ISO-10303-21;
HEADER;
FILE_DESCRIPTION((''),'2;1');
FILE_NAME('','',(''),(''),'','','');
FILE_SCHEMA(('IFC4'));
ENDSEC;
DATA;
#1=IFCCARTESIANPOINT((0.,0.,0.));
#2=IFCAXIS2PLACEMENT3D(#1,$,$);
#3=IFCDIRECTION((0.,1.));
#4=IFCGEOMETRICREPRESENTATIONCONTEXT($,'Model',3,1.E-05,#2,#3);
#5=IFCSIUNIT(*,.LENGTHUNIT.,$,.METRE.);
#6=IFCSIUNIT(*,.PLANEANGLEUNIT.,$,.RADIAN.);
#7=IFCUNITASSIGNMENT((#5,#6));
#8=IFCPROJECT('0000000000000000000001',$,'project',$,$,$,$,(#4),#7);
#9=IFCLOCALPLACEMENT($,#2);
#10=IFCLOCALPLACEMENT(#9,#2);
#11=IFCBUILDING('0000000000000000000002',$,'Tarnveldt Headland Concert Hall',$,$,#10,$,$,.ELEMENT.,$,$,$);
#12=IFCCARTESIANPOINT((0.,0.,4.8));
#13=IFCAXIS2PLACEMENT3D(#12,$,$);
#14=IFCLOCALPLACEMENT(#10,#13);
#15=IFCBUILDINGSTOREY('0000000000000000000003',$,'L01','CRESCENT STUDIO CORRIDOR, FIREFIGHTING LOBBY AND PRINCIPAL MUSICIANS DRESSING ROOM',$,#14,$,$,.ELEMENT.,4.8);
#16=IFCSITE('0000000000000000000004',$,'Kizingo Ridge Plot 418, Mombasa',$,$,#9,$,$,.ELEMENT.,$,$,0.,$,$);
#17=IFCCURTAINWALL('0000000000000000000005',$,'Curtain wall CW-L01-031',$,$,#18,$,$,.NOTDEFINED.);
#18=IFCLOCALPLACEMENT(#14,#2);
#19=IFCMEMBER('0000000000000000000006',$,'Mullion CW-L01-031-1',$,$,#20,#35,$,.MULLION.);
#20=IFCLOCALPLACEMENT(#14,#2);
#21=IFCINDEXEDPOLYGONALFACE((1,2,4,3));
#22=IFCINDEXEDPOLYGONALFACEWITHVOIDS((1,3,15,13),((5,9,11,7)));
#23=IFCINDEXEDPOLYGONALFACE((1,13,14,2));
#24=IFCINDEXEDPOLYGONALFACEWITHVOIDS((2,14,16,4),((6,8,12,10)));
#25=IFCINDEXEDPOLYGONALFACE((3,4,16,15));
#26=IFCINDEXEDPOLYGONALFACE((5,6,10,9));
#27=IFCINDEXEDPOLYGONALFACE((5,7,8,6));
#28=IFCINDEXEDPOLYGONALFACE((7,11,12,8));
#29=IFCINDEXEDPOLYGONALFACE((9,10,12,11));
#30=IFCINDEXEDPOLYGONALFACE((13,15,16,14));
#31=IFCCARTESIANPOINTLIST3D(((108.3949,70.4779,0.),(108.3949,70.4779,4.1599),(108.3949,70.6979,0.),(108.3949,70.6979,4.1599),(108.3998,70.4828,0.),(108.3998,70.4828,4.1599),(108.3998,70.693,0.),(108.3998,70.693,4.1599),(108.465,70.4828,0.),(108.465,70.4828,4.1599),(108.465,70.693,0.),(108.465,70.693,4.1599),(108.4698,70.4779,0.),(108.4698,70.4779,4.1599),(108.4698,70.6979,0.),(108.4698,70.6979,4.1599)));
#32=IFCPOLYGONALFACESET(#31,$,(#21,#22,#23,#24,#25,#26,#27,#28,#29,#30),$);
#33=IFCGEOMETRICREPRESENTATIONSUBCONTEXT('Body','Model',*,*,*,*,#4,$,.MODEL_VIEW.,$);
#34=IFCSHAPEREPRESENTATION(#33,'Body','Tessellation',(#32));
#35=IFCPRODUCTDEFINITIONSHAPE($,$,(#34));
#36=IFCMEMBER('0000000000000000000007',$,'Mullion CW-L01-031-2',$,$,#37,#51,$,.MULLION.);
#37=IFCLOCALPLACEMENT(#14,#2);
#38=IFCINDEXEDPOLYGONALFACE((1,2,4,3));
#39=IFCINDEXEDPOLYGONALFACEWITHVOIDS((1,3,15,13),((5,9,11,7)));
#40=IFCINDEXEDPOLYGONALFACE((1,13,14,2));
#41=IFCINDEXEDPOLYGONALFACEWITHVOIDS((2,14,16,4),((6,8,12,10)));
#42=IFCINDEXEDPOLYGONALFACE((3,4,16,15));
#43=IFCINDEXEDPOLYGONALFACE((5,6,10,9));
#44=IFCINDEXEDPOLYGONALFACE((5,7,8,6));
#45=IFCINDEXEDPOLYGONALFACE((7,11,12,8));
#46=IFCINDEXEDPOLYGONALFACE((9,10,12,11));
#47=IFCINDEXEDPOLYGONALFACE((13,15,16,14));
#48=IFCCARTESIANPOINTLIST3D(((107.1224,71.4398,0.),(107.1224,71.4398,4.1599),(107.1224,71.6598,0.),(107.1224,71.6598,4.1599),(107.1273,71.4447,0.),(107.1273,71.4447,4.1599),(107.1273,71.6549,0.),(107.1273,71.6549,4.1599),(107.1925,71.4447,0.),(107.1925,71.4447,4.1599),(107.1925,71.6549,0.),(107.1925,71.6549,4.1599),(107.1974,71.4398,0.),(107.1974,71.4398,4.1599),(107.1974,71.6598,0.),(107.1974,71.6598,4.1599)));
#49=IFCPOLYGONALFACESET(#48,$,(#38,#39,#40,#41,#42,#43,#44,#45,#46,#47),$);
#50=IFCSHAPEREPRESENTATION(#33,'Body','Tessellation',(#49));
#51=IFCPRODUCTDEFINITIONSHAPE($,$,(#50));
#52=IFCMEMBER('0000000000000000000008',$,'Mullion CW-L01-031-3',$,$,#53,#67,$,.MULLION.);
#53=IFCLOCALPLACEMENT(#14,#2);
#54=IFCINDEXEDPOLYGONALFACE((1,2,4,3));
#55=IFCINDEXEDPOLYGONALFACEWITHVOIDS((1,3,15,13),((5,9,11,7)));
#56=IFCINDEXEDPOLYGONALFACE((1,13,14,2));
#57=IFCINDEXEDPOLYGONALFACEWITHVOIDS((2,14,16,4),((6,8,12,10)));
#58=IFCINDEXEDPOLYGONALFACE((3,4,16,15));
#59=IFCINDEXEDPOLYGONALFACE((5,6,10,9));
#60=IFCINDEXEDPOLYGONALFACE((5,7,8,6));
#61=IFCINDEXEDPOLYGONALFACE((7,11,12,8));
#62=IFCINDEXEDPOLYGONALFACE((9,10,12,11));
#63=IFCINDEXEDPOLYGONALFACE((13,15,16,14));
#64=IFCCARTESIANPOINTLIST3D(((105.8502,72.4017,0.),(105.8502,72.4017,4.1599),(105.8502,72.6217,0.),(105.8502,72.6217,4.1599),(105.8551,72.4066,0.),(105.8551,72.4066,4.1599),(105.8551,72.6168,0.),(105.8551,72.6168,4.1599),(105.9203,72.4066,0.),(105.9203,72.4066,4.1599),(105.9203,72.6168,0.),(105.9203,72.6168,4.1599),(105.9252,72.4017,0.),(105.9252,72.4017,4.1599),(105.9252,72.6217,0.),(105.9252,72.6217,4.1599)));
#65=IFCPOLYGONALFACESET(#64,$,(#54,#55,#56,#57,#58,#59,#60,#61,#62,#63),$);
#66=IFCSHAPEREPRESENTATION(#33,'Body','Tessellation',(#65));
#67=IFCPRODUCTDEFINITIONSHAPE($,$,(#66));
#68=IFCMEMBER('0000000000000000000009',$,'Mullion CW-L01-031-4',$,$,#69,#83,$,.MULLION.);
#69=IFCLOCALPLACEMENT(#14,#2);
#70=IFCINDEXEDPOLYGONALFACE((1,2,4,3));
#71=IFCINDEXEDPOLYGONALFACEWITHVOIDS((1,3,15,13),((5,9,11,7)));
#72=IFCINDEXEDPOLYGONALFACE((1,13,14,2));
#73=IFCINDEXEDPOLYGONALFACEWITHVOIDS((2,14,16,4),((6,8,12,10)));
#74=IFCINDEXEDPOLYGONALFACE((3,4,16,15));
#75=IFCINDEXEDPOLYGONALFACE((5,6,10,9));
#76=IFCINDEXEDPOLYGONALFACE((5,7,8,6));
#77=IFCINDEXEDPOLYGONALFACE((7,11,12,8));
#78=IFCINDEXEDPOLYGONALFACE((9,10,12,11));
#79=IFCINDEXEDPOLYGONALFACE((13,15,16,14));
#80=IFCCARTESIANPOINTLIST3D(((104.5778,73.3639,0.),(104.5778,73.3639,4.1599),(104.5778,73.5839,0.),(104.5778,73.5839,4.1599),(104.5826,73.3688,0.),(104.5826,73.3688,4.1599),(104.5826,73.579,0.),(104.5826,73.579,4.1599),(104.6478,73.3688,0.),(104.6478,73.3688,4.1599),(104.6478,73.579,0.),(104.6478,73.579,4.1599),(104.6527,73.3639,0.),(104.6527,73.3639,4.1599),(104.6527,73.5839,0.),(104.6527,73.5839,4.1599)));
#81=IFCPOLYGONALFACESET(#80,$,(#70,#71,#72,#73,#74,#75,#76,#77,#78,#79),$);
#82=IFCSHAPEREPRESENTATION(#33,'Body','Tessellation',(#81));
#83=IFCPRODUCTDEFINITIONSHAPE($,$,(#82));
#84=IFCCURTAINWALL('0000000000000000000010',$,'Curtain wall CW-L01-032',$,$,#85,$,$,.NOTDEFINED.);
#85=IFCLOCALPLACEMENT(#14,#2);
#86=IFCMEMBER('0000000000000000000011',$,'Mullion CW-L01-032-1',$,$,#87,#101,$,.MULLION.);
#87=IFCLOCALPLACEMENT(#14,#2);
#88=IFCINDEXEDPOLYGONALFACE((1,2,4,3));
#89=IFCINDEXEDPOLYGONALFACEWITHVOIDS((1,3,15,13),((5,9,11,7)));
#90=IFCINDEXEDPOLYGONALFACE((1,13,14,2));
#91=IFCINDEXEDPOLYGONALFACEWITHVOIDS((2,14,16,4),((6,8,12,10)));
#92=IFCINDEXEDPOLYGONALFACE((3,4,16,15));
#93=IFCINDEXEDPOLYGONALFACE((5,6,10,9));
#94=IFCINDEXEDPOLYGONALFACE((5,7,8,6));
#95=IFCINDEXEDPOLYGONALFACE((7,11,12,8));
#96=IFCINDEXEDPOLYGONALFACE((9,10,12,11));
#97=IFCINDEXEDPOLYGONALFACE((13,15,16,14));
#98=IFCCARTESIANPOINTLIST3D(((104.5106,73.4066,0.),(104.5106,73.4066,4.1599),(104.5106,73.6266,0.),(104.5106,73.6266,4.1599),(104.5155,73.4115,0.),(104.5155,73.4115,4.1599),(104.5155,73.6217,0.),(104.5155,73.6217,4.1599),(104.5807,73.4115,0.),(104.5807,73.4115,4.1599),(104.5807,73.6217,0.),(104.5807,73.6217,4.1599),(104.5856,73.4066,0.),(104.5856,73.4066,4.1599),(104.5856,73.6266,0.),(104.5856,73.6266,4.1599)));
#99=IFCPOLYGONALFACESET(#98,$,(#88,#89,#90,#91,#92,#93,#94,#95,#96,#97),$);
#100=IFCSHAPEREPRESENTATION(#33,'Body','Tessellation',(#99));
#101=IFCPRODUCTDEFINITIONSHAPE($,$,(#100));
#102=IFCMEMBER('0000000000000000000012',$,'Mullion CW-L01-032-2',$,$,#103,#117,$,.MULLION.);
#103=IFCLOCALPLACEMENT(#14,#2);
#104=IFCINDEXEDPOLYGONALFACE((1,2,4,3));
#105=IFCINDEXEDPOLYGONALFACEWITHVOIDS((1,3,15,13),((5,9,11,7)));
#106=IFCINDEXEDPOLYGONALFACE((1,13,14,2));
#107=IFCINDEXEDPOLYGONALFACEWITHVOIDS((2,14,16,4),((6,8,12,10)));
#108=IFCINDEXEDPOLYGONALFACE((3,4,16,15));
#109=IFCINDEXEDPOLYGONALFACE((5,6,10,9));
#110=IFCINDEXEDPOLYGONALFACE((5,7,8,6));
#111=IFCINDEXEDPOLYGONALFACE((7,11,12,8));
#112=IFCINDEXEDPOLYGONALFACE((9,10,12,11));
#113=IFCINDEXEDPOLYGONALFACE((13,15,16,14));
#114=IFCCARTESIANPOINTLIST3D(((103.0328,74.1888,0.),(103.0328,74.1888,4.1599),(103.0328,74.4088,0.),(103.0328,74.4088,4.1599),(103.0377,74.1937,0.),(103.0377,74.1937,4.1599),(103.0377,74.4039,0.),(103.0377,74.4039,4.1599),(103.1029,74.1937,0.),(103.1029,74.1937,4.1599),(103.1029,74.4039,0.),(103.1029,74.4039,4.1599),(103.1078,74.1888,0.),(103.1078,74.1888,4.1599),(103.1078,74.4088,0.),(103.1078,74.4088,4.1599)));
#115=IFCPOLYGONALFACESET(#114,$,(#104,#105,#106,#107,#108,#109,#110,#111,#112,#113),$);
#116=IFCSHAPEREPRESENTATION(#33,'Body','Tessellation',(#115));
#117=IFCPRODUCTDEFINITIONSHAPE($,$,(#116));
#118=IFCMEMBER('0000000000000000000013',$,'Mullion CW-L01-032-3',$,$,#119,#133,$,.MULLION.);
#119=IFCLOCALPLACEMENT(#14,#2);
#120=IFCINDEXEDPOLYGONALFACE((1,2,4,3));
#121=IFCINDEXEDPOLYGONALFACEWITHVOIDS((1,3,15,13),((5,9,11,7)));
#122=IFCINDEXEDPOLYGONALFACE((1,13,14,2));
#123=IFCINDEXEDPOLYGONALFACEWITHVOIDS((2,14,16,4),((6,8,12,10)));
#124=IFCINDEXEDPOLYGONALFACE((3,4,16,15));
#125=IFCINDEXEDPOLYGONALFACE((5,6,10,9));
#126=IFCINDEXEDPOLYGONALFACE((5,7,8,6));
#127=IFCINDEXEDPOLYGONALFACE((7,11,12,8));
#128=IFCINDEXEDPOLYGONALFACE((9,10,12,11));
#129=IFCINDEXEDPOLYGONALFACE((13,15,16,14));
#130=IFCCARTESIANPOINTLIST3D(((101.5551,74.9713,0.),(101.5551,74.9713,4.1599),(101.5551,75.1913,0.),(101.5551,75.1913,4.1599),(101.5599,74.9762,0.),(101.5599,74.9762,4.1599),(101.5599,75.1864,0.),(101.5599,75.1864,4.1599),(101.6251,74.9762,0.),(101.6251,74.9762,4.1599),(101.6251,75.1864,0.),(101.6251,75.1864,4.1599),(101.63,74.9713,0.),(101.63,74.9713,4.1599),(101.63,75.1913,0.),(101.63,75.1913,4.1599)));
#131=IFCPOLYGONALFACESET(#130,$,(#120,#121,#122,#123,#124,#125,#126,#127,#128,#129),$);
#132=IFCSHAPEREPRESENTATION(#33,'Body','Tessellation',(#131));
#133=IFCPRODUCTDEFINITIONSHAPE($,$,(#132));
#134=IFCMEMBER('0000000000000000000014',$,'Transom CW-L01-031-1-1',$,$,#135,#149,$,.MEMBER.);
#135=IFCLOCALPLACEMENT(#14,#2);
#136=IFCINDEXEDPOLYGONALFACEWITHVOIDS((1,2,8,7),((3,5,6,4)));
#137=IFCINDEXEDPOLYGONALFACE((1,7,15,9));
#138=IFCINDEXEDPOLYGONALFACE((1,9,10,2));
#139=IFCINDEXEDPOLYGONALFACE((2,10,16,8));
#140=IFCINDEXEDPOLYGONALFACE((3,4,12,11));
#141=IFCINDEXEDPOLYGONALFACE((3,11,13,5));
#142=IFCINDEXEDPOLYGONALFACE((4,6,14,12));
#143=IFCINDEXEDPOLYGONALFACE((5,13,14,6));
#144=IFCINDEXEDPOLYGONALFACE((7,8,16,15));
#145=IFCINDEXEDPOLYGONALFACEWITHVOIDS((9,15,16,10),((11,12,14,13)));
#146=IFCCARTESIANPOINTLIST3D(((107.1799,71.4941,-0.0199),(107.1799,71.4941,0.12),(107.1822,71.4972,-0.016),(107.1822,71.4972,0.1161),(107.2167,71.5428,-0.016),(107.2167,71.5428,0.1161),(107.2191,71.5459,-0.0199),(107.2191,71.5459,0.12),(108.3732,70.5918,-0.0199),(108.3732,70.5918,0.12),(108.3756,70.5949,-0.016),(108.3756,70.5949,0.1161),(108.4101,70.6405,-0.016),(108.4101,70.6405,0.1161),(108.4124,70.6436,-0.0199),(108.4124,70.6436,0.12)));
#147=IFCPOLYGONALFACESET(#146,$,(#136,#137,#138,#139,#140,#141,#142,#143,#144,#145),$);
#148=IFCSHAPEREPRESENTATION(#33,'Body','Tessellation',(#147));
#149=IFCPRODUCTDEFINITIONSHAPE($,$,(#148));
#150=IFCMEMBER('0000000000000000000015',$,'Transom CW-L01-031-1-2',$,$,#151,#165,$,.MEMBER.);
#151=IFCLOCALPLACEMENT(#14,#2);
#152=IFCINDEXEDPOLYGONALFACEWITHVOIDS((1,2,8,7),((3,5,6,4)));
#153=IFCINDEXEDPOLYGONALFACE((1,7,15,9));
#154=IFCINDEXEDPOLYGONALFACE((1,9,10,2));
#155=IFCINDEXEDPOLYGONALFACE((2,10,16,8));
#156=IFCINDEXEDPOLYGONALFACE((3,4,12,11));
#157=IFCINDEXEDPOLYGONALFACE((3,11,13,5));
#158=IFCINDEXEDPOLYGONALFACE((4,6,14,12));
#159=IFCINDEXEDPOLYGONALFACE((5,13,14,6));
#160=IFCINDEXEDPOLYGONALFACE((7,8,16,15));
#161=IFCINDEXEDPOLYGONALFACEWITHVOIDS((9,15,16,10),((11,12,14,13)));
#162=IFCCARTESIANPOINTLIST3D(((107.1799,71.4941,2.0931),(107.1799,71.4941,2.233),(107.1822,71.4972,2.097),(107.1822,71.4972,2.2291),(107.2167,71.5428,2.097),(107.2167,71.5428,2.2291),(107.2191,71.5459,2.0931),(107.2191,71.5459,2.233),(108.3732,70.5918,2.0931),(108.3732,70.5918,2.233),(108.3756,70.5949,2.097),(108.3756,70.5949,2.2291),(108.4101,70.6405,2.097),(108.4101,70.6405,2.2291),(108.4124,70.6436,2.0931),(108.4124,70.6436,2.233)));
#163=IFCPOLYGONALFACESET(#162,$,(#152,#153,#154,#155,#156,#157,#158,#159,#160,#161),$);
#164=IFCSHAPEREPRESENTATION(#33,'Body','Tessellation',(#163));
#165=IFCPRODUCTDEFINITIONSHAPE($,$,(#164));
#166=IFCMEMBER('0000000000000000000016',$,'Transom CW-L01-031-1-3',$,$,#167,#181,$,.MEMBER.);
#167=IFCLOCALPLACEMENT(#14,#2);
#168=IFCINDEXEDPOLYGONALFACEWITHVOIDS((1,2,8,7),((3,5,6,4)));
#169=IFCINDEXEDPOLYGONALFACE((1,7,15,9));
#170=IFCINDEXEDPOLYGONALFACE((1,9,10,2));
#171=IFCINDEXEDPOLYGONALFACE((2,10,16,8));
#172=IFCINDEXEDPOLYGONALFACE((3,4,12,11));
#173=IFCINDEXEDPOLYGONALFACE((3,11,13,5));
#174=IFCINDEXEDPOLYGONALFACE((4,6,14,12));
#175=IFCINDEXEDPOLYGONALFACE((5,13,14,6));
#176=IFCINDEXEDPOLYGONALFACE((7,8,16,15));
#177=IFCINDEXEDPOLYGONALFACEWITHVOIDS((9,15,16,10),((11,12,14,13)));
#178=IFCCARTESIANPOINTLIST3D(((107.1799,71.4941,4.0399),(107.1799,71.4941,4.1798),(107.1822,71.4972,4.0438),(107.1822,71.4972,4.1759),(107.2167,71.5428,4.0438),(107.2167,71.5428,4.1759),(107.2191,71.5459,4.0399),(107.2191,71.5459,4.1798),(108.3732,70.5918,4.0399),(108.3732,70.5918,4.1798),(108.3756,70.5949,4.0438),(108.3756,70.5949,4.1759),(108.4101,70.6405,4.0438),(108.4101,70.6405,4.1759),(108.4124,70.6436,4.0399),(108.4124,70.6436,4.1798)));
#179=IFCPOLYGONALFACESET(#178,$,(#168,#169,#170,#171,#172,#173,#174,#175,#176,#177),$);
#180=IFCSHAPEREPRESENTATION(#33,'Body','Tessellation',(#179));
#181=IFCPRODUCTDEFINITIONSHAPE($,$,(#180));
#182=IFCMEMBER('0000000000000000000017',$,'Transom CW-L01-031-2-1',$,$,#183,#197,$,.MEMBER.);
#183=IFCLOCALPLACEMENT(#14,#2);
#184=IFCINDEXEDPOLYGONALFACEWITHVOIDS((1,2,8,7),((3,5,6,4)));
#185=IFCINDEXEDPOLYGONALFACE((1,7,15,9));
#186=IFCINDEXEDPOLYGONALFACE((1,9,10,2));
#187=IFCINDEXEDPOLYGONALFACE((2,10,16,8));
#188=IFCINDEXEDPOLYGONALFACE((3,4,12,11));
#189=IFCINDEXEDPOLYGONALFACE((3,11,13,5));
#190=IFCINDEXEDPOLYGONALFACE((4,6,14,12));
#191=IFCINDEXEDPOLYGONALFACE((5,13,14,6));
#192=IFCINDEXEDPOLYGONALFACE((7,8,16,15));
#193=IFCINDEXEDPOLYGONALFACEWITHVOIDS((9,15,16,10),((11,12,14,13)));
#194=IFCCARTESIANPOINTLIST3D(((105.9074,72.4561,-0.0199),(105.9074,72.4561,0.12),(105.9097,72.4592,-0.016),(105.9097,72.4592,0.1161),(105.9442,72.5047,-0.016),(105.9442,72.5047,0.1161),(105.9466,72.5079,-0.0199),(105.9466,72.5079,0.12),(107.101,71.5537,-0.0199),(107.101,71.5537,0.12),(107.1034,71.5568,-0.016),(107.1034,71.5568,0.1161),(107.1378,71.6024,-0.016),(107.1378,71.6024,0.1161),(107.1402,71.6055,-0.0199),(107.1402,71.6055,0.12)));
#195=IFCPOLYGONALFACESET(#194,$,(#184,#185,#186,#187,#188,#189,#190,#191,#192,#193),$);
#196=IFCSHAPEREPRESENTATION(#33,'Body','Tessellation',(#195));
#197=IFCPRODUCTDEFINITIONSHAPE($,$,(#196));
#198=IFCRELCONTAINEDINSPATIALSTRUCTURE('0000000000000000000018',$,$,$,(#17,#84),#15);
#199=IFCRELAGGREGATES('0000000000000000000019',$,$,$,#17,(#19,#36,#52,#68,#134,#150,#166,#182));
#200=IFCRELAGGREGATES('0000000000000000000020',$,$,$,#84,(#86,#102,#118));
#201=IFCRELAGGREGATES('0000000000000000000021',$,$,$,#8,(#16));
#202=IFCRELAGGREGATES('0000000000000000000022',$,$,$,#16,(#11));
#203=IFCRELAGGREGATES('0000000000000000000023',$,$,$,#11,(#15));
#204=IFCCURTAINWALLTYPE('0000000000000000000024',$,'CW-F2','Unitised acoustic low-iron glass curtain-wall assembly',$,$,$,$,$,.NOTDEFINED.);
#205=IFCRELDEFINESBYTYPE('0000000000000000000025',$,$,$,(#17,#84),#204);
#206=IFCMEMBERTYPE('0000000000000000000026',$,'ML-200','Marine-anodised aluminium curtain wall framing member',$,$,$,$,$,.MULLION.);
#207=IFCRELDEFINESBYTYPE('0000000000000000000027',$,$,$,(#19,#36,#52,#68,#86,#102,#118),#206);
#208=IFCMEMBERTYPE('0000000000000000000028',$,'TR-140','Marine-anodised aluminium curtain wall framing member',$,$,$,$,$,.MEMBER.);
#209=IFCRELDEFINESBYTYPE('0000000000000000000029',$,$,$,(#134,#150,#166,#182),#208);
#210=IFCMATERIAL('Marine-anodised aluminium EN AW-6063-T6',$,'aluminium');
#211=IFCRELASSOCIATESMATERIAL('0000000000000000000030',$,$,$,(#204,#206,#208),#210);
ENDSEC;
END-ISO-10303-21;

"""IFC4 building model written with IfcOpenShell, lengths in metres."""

from ifc_helpers import new_model, si_unit, direction, frame, origin, origin_2d, place, context, subcontext, project, spatial, hollow_rectangle, extrude, material, material_profile, profile_set, type_object, element, aggregate, save


model = new_model("IFC4")

# Units and contexts
model_context = context("Model", 3, precision=1e-05, world=origin(), true_north=direction((0.0, 1.0)))
body_context = subcontext(model_context, "Body", "Model", "MODEL_VIEW")
ifc_project = project(units=[si_unit("LENGTHUNIT", "METRE"), si_unit("PLANEANGLEUNIT", "RADIAN")], contexts=[model_context])

# Site, building, storey
site_placement = place(None, origin())
site = spatial("IfcSite", under=ifc_project, at=site_placement, Name="Kizingo Ridge Plot 418, Mombasa", CompositionType="ELEMENT", RefElevation=0.0)
building_placement = place(site_placement, origin())
building = spatial("IfcBuilding", under=site, at=building_placement, Name="Tarnveldt Headland Concert Hall", CompositionType="ELEMENT")
storey_placement = place(building_placement, frame((0.0, 0.0, 4.8)))
storey = spatial("IfcBuildingStorey", under=building, at=storey_placement, Name="L01", Description="CRESCENT STUDIO CORRIDOR, FIREFIGHTING LOBBY AND PRINCIPAL MUSICIANS DRESSING ROOM", CompositionType="ELEMENT", Elevation=4.8)

# Curtain walls, members
ifc_material_1 = material(Name="Marine-anodised aluminium EN AW-6063-T6", Category="aluminium")
curtain_wall_type = type_object("IfcCurtainWallType", Name="CW-F2", Description="Unitised acoustic low-iron glass curtain-wall assembly", PredefinedType="NOTDEFINED", material=ifc_material_1)
curtain_wall_1_placement = place(storey_placement, origin())
curtain_wall_1 = element("IfcCurtainWall", 1, at=curtain_wall_1_placement, inside=storey, type_object=curtain_wall_type, Name="Curtain wall CW-L01-031", PredefinedType="NOTDEFINED")
ifc_material_profile_1 = material_profile(ifc_material_1, hollow_rectangle(XDim=0.075, YDim=0.22, WallThickness=0.0049, at=origin_2d()), Name="ALU MULLION 75x220x5", Category="aluminium")
ifc_profile_set_1 = profile_set([ifc_material_profile_1], Name="Marine-anodised aluminium EN AW-6063-T6")
member_type_1 = type_object("IfcMemberType", Name="ML-200", Description="Marine-anodised aluminium curtain wall framing member", PredefinedType="MULLION", material=ifc_profile_set_1)
member_1_placement = place(storey_placement, frame((108.4324, 70.5879, 0.0), z_axis=(0.0, 0.0, 1.0), x_axis=(1.0, 0.0, 0.0)))
member_1 = element("IfcMember", 2, at=member_1_placement, type_object=member_type_1, Name="Mullion CW-L01-031-1", PredefinedType="MULLION", context=body_context, shape_type="SweptSolid", body=[
    extrude(hollow_rectangle(XDim=0.075, YDim=0.22, WallThickness=0.0049, at=origin_2d()), origin(), (0.0, 0.0, 1.0), 4.1599),
])
member_2_placement = place(storey_placement, frame((107.1599, 71.5498, 0.0), z_axis=(0.0, 0.0, 1.0), x_axis=(1.0, 0.0, 0.0)))
member_2 = element("IfcMember", 3, at=member_2_placement, type_object=member_type_1, Name="Mullion CW-L01-031-2", PredefinedType="MULLION", context=body_context, shape_type="SweptSolid", body=[
    extrude(hollow_rectangle(XDim=0.075, YDim=0.22, WallThickness=0.0049, at=origin_2d()), origin(), (0.0, 0.0, 1.0), 4.1599),
])
member_3_placement = place(storey_placement, frame((105.8877, 72.5117, 0.0), z_axis=(0.0, 0.0, 1.0), x_axis=(1.0, 0.0, 0.0)))
member_3 = element("IfcMember", 4, at=member_3_placement, type_object=member_type_1, Name="Mullion CW-L01-031-3", PredefinedType="MULLION", context=body_context, shape_type="SweptSolid", body=[
    extrude(hollow_rectangle(XDim=0.075, YDim=0.22, WallThickness=0.0049, at=origin_2d()), origin(), (0.0, 0.0, 1.0), 4.1599),
])
member_4_placement = place(storey_placement, frame((104.6152, 73.4739, 0.0), z_axis=(0.0, 0.0, 1.0), x_axis=(1.0, 0.0, 0.0)))
member_4 = element("IfcMember", 5, at=member_4_placement, type_object=member_type_1, Name="Mullion CW-L01-031-4", PredefinedType="MULLION", context=body_context, shape_type="SweptSolid", body=[
    extrude(hollow_rectangle(XDim=0.075, YDim=0.22, WallThickness=0.0049, at=origin_2d()), origin(), (0.0, 0.0, 1.0), 4.1599),
])
curtain_wall_2_placement = place(storey_placement, origin())
curtain_wall_2 = element("IfcCurtainWall", 6, at=curtain_wall_2_placement, inside=storey, type_object=curtain_wall_type, Name="Curtain wall CW-L01-032", PredefinedType="NOTDEFINED")
member_5_placement = place(storey_placement, frame((104.5481, 73.5166, 0.0), z_axis=(0.0, 0.0, 1.0), x_axis=(1.0, 0.0, 0.0)))
member_5 = element("IfcMember", 7, at=member_5_placement, type_object=member_type_1, Name="Mullion CW-L01-032-1", PredefinedType="MULLION", context=body_context, shape_type="SweptSolid", body=[
    extrude(hollow_rectangle(XDim=0.075, YDim=0.22, WallThickness=0.0049, at=origin_2d()), origin(), (0.0, 0.0, 1.0), 4.1599),
])
member_6_placement = place(storey_placement, frame((103.0703, 74.2988, 0.0), z_axis=(0.0, 0.0, 1.0), x_axis=(1.0, 0.0, 0.0)))
member_6 = element("IfcMember", 8, at=member_6_placement, type_object=member_type_1, Name="Mullion CW-L01-032-2", PredefinedType="MULLION", context=body_context, shape_type="SweptSolid", body=[
    extrude(hollow_rectangle(XDim=0.075, YDim=0.22, WallThickness=0.0049, at=origin_2d()), origin(), (0.0, 0.0, 1.0), 4.1599),
])
member_7_placement = place(storey_placement, frame((101.5925, 75.0813, 0.0), z_axis=(0.0, 0.0, 1.0), x_axis=(1.0, 0.0, 0.0)))
member_7 = element("IfcMember", 9, at=member_7_placement, type_object=member_type_1, Name="Mullion CW-L01-032-3", PredefinedType="MULLION", context=body_context, shape_type="SweptSolid", body=[
    extrude(hollow_rectangle(XDim=0.075, YDim=0.22, WallThickness=0.0049, at=origin_2d()), origin(), (0.0, 0.0, 1.0), 4.1599),
])

# Members
ifc_material_profile_2 = material_profile(ifc_material_1, hollow_rectangle(XDim=0.0649, YDim=0.1399, WallThickness=0.0039, at=origin_2d()), Name="ALU TRANSOM 65x140x4", Category="aluminium")
ifc_profile_set_2 = profile_set([ifc_material_profile_2], Name="Marine-anodised aluminium EN AW-6063-T6")
member_type_2 = type_object("IfcMemberType", Name="TR-140", Description="Marine-anodised aluminium curtain wall framing member", PredefinedType="MEMBER", material=ifc_profile_set_2)
member_8_placement = place(storey_placement, frame((108.3928, 70.6177, 0.05), z_axis=(-0.797644, 0.603129, 0.0), x_axis=(-0.603129, -0.797644, 0.0)))
member_8 = element("IfcMember", 10, at=member_8_placement, type_object=member_type_2, Name="Transom CW-L01-031-1-1", PredefinedType="MEMBER", context=body_context, shape_type="SweptSolid", body=[
    extrude(hollow_rectangle(XDim=0.0649, YDim=0.1399, WallThickness=0.0039, at=origin_2d()), origin(), (0.0, 0.0, 1.0), 1.4961),
])
member_9_placement = place(storey_placement, frame((108.3928, 70.6177, 2.1631), z_axis=(-0.797644, 0.603129, 0.0), x_axis=(-0.603129, -0.797644, 0.0)))
member_9 = element("IfcMember", 11, at=member_9_placement, type_object=member_type_2, Name="Transom CW-L01-031-1-2", PredefinedType="MEMBER", context=body_context, shape_type="SweptSolid", body=[
    extrude(hollow_rectangle(XDim=0.0649, YDim=0.1399, WallThickness=0.0039, at=origin_2d()), origin(), (0.0, 0.0, 1.0), 1.4961),
])
member_10_placement = place(storey_placement, frame((108.3928, 70.6177, 4.1099), z_axis=(-0.797644, 0.603129, 0.0), x_axis=(-0.603129, -0.797644, 0.0)))
member_10 = element("IfcMember", 12, at=member_10_placement, type_object=member_type_2, Name="Transom CW-L01-031-1-3", PredefinedType="MEMBER", context=body_context, shape_type="SweptSolid", body=[
    extrude(hollow_rectangle(XDim=0.0649, YDim=0.1399, WallThickness=0.0039, at=origin_2d()), origin(), (0.0, 0.0, 1.0), 1.4961),
])
member_11_placement = place(storey_placement, frame((107.1206, 71.5796, 0.05), z_axis=(-0.797703, 0.60305, 0.0), x_axis=(-0.60305, -0.797703, 0.0)))
member_11 = element("IfcMember", 13, at=member_11_placement, type_object=member_type_2, Name="Transom CW-L01-031-2-1", PredefinedType="MEMBER", context=body_context, shape_type="SweptSolid", body=[
    extrude(hollow_rectangle(XDim=0.0649, YDim=0.1399, WallThickness=0.0039, at=origin_2d()), origin(), (0.0, 0.0, 1.0), 1.4963),
])

aggregate(curtain_wall_1, [member_1, member_2, member_3, member_4, member_8, member_9, member_10, member_11])
aggregate(curtain_wall_2, [member_5, member_6, member_7])

save(model, "model.ifc")
